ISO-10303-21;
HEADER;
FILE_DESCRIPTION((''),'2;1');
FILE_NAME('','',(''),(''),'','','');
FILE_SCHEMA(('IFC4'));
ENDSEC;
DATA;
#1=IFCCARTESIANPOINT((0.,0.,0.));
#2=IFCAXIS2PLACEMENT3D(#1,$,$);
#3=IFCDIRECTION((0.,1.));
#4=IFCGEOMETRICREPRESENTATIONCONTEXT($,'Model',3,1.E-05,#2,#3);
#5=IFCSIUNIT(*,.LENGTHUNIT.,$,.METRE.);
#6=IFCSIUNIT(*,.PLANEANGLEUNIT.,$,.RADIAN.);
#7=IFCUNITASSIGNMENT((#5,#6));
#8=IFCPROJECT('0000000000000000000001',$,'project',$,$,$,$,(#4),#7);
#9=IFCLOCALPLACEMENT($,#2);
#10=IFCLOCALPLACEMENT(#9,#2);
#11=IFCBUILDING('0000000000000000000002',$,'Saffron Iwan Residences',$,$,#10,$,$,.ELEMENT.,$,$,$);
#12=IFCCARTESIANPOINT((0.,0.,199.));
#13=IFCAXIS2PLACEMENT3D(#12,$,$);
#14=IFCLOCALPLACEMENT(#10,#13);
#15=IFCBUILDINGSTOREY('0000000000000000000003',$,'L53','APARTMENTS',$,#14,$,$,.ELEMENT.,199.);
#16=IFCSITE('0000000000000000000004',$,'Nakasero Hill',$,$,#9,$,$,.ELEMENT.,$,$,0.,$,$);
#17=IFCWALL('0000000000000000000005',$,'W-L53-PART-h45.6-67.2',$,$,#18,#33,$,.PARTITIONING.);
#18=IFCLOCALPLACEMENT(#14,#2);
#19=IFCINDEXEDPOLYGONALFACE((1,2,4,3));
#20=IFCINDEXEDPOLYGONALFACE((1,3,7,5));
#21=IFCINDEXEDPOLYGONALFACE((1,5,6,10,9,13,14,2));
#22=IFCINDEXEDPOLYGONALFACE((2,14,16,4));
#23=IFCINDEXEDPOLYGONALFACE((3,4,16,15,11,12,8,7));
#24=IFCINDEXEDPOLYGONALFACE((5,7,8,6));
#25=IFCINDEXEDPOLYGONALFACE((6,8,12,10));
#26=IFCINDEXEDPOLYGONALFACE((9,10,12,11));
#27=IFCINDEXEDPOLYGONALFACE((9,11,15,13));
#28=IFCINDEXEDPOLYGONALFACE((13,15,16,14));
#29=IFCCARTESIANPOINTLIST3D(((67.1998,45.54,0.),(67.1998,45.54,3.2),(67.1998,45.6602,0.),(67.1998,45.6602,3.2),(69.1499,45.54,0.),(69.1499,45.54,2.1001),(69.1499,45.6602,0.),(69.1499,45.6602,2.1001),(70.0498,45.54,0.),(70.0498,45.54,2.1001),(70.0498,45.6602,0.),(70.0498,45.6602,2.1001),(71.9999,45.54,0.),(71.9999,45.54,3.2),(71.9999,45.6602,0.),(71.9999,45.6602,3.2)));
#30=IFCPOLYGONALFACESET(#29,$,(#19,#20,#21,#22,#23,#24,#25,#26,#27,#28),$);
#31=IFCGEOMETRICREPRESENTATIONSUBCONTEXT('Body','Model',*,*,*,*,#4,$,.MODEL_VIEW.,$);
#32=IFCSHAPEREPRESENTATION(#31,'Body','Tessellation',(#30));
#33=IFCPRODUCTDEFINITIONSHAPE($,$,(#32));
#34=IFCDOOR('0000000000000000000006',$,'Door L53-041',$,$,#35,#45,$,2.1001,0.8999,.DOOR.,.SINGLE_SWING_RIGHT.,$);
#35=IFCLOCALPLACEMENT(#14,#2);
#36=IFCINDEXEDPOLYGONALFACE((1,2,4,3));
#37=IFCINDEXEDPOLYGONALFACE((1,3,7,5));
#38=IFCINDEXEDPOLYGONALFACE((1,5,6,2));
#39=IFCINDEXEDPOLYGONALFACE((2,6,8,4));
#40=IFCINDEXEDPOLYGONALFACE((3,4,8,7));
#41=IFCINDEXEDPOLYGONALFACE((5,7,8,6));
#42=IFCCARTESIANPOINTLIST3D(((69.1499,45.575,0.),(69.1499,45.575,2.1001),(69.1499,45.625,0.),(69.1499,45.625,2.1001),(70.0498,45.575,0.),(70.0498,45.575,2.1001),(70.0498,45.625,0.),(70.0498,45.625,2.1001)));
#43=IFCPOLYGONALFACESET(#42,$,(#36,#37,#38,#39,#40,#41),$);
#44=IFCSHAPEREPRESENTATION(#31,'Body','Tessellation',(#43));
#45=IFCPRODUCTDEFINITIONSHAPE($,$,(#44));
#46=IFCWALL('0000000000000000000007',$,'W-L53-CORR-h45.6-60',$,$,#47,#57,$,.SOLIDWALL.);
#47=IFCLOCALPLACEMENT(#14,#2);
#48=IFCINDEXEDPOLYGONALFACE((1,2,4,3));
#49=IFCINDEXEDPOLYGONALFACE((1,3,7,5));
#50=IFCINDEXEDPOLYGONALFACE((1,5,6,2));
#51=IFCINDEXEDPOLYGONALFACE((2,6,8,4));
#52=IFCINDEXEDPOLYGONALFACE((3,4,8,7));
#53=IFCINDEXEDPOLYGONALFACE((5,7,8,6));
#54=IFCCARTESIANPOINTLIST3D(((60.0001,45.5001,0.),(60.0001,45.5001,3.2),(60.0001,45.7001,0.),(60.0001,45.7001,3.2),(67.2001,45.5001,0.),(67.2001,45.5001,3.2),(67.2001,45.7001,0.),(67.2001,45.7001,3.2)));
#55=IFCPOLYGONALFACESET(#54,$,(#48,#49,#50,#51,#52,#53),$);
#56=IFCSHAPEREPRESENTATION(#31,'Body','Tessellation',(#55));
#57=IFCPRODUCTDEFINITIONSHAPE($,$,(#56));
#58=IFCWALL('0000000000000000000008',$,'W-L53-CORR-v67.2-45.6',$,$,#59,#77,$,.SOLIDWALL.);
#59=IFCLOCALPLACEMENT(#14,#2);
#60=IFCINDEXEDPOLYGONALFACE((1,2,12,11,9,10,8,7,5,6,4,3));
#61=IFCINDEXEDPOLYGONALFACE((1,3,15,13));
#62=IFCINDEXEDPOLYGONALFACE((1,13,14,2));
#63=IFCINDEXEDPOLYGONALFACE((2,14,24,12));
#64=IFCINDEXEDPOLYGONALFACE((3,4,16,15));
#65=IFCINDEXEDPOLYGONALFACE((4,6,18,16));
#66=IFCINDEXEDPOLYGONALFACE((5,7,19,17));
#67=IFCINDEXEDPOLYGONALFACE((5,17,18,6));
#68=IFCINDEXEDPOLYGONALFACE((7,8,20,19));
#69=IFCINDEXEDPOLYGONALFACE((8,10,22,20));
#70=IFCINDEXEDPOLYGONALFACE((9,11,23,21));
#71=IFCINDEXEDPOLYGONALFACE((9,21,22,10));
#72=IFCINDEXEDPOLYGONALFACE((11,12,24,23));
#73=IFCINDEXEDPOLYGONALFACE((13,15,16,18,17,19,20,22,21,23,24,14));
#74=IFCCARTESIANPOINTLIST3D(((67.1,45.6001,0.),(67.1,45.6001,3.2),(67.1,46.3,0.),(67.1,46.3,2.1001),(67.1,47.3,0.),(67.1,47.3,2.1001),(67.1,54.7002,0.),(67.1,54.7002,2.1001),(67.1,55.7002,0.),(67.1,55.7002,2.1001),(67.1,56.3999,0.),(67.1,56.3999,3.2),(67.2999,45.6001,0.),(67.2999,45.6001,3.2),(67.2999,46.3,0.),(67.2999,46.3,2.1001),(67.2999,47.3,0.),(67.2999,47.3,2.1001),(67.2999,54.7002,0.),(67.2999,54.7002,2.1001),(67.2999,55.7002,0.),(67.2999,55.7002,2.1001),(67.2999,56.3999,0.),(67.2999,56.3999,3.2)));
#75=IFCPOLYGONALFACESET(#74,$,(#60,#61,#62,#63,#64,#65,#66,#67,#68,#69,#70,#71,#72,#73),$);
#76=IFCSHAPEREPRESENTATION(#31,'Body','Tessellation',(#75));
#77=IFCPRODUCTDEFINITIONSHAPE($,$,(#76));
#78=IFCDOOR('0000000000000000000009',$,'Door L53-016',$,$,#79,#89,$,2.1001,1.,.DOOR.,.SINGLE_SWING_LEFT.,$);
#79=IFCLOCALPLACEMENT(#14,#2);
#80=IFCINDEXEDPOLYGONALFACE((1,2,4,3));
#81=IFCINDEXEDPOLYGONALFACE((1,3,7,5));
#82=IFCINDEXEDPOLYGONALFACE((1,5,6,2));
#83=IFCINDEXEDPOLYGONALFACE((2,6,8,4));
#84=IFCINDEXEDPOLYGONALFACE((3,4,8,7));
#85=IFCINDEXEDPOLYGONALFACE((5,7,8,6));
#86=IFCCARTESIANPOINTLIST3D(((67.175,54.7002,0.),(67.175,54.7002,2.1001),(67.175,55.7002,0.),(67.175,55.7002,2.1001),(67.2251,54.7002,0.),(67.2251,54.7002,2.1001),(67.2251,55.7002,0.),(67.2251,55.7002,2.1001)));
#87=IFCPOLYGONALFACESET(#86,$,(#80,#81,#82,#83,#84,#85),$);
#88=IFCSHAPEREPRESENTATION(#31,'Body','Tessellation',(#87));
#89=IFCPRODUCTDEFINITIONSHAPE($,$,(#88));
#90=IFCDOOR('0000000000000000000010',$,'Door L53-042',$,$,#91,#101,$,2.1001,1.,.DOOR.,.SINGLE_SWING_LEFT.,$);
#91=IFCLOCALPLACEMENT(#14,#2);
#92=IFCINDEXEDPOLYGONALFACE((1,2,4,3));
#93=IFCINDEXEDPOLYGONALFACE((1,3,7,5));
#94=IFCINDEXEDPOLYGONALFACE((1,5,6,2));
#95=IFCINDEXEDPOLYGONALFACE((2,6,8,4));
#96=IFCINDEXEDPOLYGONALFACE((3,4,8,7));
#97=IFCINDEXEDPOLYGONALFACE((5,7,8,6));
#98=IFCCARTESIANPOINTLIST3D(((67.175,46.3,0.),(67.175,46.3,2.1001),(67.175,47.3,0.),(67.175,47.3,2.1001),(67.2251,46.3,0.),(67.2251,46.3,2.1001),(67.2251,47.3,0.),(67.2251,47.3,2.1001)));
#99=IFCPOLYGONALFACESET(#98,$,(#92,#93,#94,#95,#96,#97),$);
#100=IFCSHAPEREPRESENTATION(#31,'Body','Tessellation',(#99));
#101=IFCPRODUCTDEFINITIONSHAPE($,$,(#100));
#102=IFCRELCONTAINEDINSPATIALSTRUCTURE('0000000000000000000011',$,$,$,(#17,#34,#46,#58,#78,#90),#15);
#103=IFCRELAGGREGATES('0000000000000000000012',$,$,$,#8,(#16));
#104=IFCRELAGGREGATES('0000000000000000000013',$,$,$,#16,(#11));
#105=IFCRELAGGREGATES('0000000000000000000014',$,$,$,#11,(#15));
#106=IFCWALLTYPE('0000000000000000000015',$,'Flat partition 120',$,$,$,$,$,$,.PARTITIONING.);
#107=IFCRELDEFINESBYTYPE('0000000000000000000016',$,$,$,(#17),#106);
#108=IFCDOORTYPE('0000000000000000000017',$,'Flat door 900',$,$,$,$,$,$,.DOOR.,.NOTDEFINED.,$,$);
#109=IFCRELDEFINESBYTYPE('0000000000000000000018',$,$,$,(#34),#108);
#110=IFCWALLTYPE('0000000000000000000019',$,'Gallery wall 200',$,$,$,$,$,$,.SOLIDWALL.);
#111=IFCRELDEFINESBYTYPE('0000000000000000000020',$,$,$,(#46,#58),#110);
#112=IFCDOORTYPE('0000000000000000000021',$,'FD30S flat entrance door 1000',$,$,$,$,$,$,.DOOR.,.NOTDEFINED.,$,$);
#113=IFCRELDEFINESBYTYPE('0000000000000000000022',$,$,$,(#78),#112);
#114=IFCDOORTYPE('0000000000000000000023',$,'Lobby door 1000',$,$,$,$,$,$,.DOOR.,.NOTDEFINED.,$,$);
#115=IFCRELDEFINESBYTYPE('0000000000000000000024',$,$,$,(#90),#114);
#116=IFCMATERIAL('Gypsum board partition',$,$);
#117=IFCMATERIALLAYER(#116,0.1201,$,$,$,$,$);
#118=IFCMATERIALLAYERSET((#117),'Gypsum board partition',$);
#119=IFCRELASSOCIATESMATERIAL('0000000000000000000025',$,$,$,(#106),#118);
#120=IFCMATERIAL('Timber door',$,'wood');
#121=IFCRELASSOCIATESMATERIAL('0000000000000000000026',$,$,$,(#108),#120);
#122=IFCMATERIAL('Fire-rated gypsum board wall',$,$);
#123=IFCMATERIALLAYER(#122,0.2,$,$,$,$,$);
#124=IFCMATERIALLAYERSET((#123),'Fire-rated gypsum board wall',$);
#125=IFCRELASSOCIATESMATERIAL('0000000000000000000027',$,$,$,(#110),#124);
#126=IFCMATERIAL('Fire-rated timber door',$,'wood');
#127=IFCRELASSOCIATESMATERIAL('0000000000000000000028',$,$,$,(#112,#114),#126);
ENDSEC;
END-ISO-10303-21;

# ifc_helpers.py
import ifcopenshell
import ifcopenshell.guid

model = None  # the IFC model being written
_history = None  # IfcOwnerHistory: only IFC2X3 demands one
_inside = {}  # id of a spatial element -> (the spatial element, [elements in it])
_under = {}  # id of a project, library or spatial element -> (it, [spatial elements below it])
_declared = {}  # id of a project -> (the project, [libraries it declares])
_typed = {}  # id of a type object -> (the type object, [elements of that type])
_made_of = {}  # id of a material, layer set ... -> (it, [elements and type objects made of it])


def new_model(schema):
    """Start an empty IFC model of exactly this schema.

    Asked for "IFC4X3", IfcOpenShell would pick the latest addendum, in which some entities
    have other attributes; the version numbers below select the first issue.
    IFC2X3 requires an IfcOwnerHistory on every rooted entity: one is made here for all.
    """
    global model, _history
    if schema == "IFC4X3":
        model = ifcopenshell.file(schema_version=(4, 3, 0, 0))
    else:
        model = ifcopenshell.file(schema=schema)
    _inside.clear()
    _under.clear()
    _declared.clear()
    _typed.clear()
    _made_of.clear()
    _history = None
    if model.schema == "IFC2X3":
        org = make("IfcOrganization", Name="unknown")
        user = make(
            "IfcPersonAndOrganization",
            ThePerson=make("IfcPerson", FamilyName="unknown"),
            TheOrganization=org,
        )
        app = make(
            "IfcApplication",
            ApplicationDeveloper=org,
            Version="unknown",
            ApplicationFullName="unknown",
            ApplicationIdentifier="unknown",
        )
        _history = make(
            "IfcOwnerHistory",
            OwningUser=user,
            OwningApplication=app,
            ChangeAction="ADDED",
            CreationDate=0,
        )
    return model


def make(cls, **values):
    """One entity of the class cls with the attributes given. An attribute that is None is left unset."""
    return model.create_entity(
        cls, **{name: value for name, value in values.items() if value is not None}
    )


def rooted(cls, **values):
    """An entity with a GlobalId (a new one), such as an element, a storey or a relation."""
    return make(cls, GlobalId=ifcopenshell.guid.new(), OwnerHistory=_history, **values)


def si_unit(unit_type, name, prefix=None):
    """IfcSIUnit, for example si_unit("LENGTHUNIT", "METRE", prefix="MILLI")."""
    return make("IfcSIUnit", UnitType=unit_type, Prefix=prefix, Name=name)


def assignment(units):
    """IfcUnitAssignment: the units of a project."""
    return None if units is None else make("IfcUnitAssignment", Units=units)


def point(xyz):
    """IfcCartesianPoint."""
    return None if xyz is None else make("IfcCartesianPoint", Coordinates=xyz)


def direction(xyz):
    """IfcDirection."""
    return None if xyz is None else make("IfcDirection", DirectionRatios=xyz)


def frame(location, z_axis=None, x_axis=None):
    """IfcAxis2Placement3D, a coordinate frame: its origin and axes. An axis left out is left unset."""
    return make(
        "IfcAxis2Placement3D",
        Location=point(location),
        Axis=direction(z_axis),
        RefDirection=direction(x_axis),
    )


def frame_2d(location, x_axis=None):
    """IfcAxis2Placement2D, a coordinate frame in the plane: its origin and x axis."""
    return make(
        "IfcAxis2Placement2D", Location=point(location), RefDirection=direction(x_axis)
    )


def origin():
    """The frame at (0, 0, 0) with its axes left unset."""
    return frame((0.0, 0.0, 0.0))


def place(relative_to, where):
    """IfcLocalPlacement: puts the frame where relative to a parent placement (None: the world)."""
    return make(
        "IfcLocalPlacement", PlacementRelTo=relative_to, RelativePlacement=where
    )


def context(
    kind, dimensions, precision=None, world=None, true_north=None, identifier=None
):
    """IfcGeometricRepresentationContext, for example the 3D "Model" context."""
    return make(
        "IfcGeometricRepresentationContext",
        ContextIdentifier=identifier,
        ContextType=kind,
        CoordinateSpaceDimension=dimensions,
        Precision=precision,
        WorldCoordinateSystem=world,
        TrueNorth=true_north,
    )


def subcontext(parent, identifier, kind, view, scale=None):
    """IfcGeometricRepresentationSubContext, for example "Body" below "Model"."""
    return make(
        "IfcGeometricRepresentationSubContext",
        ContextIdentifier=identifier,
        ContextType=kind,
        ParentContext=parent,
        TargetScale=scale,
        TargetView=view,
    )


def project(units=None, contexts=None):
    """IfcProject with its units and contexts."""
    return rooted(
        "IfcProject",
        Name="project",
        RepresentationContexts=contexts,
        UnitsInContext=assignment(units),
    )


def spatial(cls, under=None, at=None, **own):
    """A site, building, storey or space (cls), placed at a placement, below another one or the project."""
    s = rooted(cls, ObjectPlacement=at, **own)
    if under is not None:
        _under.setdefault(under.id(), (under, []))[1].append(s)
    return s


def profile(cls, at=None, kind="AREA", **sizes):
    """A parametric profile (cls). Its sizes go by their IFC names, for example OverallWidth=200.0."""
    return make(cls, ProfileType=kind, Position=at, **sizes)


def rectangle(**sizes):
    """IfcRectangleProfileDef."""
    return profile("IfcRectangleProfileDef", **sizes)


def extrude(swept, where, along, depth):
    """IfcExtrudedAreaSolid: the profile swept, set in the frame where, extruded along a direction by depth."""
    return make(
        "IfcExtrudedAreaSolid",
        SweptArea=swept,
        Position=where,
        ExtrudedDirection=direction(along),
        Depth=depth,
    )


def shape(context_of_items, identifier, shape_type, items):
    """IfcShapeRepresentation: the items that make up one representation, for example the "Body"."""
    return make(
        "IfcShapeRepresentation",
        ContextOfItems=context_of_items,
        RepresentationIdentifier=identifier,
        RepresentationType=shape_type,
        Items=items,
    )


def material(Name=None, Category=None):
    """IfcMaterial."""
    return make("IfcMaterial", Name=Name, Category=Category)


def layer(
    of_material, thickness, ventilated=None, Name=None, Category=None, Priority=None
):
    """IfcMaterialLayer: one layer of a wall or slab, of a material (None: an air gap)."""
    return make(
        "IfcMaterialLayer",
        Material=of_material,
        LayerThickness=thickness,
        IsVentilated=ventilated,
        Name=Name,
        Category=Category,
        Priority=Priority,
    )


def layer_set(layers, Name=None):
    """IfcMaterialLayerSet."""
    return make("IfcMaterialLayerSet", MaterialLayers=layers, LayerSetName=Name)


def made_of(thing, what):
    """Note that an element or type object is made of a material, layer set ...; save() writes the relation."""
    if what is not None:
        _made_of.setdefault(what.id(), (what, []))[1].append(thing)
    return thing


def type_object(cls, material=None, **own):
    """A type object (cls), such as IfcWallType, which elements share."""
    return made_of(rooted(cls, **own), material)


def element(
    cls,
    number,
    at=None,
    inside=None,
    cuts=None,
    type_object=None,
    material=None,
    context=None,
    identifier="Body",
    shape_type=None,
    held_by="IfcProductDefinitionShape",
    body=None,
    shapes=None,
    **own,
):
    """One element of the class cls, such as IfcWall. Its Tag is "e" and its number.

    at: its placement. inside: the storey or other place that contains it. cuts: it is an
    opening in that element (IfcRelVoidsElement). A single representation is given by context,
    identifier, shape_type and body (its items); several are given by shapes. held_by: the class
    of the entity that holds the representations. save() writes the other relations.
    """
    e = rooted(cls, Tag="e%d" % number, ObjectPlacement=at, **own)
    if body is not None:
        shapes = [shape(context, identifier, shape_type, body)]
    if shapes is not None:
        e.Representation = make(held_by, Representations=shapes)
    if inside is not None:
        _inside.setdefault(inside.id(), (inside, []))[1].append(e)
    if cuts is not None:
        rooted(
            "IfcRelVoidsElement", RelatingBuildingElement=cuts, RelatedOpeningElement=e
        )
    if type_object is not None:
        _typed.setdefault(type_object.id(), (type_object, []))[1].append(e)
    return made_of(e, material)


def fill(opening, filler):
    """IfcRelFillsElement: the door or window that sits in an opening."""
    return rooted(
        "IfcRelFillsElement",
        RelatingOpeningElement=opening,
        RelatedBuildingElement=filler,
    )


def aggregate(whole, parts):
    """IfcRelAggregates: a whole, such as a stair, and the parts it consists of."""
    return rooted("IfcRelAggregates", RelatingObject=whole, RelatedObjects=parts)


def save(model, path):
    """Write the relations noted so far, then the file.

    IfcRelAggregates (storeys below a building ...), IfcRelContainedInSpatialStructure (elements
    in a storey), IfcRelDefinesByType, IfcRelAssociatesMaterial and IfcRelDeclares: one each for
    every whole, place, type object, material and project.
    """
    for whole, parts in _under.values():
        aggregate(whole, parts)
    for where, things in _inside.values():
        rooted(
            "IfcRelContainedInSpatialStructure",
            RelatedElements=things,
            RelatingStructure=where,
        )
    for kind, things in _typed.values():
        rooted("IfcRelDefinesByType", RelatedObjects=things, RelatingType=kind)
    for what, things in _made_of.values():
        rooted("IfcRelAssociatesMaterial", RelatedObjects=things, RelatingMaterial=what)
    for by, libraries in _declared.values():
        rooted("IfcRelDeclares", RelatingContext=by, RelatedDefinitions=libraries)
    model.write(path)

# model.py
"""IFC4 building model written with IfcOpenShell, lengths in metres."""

from ifc_helpers import new_model, si_unit, direction, frame, frame_2d, origin, place, context, subcontext, project, spatial, rectangle, extrude, material, layer, layer_set, type_object, element, fill, save


model = new_model("IFC4")

# Units and contexts
model_context = context("Model", 3, precision=1e-05, world=origin(), true_north=direction((0.0, 1.0)))
body_context = subcontext(model_context, "Body", "Model", "MODEL_VIEW")
ifc_project = project(units=[si_unit("LENGTHUNIT", "METRE"), si_unit("PLANEANGLEUNIT", "RADIAN")], contexts=[model_context])

# Site, building, storey
site_placement = place(None, origin())
site = spatial("IfcSite", under=ifc_project, at=site_placement, Name="Nakasero Hill", CompositionType="ELEMENT", RefElevation=0.0)
building_placement = place(site_placement, origin())
building = spatial("IfcBuilding", under=site, at=building_placement, Name="Saffron Iwan Residences", CompositionType="ELEMENT")
storey_placement = place(building_placement, frame((0.0, 0.0, 199.0)))
storey = spatial("IfcBuildingStorey", under=building, at=storey_placement, Name="L53", Description="APARTMENTS", CompositionType="ELEMENT", Elevation=199.0)

# Shared definitions
ifc_material_1 = material(Name="Fire-rated gypsum board wall")

# Shared definitions
ifc_material_2 = material(Name="Gypsum board partition")
ifc_layer_1 = layer(ifc_material_2, 0.1201)
ifc_layer_set_1 = layer_set([ifc_layer_1], Name="Gypsum board partition")
wall_type_1 = type_object("IfcWallType", Name="Flat partition 120", PredefinedType="PARTITIONING", material=ifc_layer_set_1)
ifc_material_3 = material(Name="Timber door", Category="wood")
door_type_1 = type_object("IfcDoorType", Name="Flat door 900", OperationType="NOTDEFINED", PredefinedType="DOOR", material=ifc_material_3)

# Wall, opening, door
wall_1_placement = place(storey_placement, frame((67.2, 45.6001, 0.0), z_axis=(0.0, 0.0, 1.0), x_axis=(1.0, 0.0, 0.0)))
wall_1 = element("IfcWall", 1, at=wall_1_placement, inside=storey, type_object=wall_type_1, Name="W-L53-PART-h45.6-67.2", PredefinedType="PARTITIONING", context=body_context, shape_type="SweptSolid", body=[
    extrude(rectangle(XDim=4.8, YDim=0.1201, at=frame_2d((2.3999, 0.0))), origin(), (0.0, 0.0, 1.0), 3.2),
])
opening_1_placement = place(wall_1_placement, frame((1.95, 0.0, 0.0)))
opening_1 = element("IfcOpeningElement", 2, at=opening_1_placement, cuts=wall_1, PredefinedType="OPENING", context=body_context, shape_type="SweptSolid", body=[
    extrude(rectangle(XDim=0.8999, YDim=2.1001, at=frame_2d((0.45, 1.05))), frame((0.0, 0.0701, 0.0), z_axis=(0.0, -1.0, 0.0), x_axis=(1.0, 0.0, 0.0)), (0.0, 0.0, 1.0), 0.1401),
])
door_1_placement = place(opening_1_placement, origin())
door_1 = element("IfcDoor", 3, at=door_1_placement, inside=storey, type_object=door_type_1, Name="Door L53-041", OperationType="SINGLE_SWING_RIGHT", OverallHeight=2.1001, OverallWidth=0.8999, PredefinedType="DOOR", context=body_context, shape_type="SweptSolid", body=[
    extrude(rectangle(XDim=0.8999, YDim=2.1001, at=frame_2d((0.45, 1.05))), frame((0.0, 0.0249, 0.0), z_axis=(0.0, -1.0, 0.0), x_axis=(1.0, 0.0, 0.0)), (0.0, 0.0, 1.0), 0.05),
])
fill(opening_1, door_1)

# Wall
ifc_layer_2 = layer(ifc_material_1, 0.2)
ifc_layer_set_2 = layer_set([ifc_layer_2], Name="Fire-rated gypsum board wall")
wall_type_2 = type_object("IfcWallType", Name="Gallery wall 200", PredefinedType="SOLIDWALL", material=ifc_layer_set_2)
wall_2_placement = place(storey_placement, frame((60.0, 45.6001, 0.0), z_axis=(0.0, 0.0, 1.0), x_axis=(1.0, 0.0, 0.0)))
element("IfcWall", 4, at=wall_2_placement, inside=storey, type_object=wall_type_2, Name="W-L53-CORR-h45.6-60", PredefinedType="SOLIDWALL", context=body_context, shape_type="SweptSolid", body=[
    extrude(rectangle(XDim=7.2, YDim=0.2, at=frame_2d((3.6001, 0.0))), origin(), (0.0, 0.0, 1.0), 3.2),
])

# Wall, openings, doors
wall_3_placement = place(storey_placement, frame((67.2, 45.6001, 0.0), z_axis=(0.0, 0.0, 1.0), x_axis=(0.0, 1.0, 0.0)))
wall_3 = element("IfcWall", 5, at=wall_3_placement, inside=storey, type_object=wall_type_2, Name="W-L53-CORR-v67.2-45.6", PredefinedType="SOLIDWALL", context=body_context, shape_type="SweptSolid", body=[
    extrude(rectangle(XDim=10.7998, YDim=0.2, at=frame_2d((5.3999, 0.0))), origin(), (0.0, 0.0, 1.0), 3.2),
])
opening_2_placement = place(wall_3_placement, frame((9.1001, 0.0, 0.0)))
opening_2 = element("IfcOpeningElement", 6, at=opening_2_placement, cuts=wall_3, PredefinedType="OPENING", context=body_context, shape_type="SweptSolid", body=[
    extrude(rectangle(XDim=1.0, YDim=2.1001, at=frame_2d((0.5, 1.05))), frame((0.0, 0.1099, 0.0), z_axis=(0.0, -1.0, 0.0), x_axis=(1.0, 0.0, 0.0)), (0.0, 0.0, 1.0), 0.22),
])
opening_3_placement = place(wall_3_placement, frame((0.7, 0.0, 0.0)))
opening_3 = element("IfcOpeningElement", 7, at=opening_3_placement, cuts=wall_3, PredefinedType="OPENING", context=body_context, shape_type="SweptSolid", body=[
    extrude(rectangle(XDim=1.0, YDim=2.1001, at=frame_2d((0.5, 1.05))), frame((0.0, 0.1099, 0.0), z_axis=(0.0, -1.0, 0.0), x_axis=(1.0, 0.0, 0.0)), (0.0, 0.0, 1.0), 0.22),
])
ifc_material_4 = material(Name="Fire-rated timber door", Category="wood")
door_type_2 = type_object("IfcDoorType", Name="FD30S flat entrance door 1000", OperationType="NOTDEFINED", PredefinedType="DOOR", material=ifc_material_4)
door_2_placement = place(opening_2_placement, origin())
door_2 = element("IfcDoor", 8, at=door_2_placement, inside=storey, type_object=door_type_2, Name="Door L53-016", OperationType="SINGLE_SWING_LEFT", OverallHeight=2.1001, OverallWidth=1.0, PredefinedType="DOOR", context=body_context, shape_type="SweptSolid", body=[
    extrude(rectangle(XDim=1.0, YDim=2.1001, at=frame_2d((0.5, 1.05))), frame((0.0, 0.0249, 0.0), z_axis=(0.0, -1.0, 0.0), x_axis=(1.0, 0.0, 0.0)), (0.0, 0.0, 1.0), 0.05),
])
fill(opening_2, door_2)
door_type_3 = type_object("IfcDoorType", Name="Lobby door 1000", OperationType="NOTDEFINED", PredefinedType="DOOR", material=ifc_material_4)
door_3_placement = place(opening_3_placement, origin())
door_3 = element("IfcDoor", 9, at=door_3_placement, inside=storey, type_object=door_type_3, Name="Door L53-042", OperationType="SINGLE_SWING_LEFT", OverallHeight=2.1001, OverallWidth=1.0, PredefinedType="DOOR", context=body_context, shape_type="SweptSolid", body=[
    extrude(rectangle(XDim=1.0, YDim=2.1001, at=frame_2d((0.5, 1.05))), frame((0.0, 0.0249, 0.0), z_axis=(0.0, -1.0, 0.0), x_axis=(1.0, 0.0, 0.0)), (0.0, 0.0, 1.0), 0.05),
])
fill(opening_3, door_3)

save(model, "model.ifc")
